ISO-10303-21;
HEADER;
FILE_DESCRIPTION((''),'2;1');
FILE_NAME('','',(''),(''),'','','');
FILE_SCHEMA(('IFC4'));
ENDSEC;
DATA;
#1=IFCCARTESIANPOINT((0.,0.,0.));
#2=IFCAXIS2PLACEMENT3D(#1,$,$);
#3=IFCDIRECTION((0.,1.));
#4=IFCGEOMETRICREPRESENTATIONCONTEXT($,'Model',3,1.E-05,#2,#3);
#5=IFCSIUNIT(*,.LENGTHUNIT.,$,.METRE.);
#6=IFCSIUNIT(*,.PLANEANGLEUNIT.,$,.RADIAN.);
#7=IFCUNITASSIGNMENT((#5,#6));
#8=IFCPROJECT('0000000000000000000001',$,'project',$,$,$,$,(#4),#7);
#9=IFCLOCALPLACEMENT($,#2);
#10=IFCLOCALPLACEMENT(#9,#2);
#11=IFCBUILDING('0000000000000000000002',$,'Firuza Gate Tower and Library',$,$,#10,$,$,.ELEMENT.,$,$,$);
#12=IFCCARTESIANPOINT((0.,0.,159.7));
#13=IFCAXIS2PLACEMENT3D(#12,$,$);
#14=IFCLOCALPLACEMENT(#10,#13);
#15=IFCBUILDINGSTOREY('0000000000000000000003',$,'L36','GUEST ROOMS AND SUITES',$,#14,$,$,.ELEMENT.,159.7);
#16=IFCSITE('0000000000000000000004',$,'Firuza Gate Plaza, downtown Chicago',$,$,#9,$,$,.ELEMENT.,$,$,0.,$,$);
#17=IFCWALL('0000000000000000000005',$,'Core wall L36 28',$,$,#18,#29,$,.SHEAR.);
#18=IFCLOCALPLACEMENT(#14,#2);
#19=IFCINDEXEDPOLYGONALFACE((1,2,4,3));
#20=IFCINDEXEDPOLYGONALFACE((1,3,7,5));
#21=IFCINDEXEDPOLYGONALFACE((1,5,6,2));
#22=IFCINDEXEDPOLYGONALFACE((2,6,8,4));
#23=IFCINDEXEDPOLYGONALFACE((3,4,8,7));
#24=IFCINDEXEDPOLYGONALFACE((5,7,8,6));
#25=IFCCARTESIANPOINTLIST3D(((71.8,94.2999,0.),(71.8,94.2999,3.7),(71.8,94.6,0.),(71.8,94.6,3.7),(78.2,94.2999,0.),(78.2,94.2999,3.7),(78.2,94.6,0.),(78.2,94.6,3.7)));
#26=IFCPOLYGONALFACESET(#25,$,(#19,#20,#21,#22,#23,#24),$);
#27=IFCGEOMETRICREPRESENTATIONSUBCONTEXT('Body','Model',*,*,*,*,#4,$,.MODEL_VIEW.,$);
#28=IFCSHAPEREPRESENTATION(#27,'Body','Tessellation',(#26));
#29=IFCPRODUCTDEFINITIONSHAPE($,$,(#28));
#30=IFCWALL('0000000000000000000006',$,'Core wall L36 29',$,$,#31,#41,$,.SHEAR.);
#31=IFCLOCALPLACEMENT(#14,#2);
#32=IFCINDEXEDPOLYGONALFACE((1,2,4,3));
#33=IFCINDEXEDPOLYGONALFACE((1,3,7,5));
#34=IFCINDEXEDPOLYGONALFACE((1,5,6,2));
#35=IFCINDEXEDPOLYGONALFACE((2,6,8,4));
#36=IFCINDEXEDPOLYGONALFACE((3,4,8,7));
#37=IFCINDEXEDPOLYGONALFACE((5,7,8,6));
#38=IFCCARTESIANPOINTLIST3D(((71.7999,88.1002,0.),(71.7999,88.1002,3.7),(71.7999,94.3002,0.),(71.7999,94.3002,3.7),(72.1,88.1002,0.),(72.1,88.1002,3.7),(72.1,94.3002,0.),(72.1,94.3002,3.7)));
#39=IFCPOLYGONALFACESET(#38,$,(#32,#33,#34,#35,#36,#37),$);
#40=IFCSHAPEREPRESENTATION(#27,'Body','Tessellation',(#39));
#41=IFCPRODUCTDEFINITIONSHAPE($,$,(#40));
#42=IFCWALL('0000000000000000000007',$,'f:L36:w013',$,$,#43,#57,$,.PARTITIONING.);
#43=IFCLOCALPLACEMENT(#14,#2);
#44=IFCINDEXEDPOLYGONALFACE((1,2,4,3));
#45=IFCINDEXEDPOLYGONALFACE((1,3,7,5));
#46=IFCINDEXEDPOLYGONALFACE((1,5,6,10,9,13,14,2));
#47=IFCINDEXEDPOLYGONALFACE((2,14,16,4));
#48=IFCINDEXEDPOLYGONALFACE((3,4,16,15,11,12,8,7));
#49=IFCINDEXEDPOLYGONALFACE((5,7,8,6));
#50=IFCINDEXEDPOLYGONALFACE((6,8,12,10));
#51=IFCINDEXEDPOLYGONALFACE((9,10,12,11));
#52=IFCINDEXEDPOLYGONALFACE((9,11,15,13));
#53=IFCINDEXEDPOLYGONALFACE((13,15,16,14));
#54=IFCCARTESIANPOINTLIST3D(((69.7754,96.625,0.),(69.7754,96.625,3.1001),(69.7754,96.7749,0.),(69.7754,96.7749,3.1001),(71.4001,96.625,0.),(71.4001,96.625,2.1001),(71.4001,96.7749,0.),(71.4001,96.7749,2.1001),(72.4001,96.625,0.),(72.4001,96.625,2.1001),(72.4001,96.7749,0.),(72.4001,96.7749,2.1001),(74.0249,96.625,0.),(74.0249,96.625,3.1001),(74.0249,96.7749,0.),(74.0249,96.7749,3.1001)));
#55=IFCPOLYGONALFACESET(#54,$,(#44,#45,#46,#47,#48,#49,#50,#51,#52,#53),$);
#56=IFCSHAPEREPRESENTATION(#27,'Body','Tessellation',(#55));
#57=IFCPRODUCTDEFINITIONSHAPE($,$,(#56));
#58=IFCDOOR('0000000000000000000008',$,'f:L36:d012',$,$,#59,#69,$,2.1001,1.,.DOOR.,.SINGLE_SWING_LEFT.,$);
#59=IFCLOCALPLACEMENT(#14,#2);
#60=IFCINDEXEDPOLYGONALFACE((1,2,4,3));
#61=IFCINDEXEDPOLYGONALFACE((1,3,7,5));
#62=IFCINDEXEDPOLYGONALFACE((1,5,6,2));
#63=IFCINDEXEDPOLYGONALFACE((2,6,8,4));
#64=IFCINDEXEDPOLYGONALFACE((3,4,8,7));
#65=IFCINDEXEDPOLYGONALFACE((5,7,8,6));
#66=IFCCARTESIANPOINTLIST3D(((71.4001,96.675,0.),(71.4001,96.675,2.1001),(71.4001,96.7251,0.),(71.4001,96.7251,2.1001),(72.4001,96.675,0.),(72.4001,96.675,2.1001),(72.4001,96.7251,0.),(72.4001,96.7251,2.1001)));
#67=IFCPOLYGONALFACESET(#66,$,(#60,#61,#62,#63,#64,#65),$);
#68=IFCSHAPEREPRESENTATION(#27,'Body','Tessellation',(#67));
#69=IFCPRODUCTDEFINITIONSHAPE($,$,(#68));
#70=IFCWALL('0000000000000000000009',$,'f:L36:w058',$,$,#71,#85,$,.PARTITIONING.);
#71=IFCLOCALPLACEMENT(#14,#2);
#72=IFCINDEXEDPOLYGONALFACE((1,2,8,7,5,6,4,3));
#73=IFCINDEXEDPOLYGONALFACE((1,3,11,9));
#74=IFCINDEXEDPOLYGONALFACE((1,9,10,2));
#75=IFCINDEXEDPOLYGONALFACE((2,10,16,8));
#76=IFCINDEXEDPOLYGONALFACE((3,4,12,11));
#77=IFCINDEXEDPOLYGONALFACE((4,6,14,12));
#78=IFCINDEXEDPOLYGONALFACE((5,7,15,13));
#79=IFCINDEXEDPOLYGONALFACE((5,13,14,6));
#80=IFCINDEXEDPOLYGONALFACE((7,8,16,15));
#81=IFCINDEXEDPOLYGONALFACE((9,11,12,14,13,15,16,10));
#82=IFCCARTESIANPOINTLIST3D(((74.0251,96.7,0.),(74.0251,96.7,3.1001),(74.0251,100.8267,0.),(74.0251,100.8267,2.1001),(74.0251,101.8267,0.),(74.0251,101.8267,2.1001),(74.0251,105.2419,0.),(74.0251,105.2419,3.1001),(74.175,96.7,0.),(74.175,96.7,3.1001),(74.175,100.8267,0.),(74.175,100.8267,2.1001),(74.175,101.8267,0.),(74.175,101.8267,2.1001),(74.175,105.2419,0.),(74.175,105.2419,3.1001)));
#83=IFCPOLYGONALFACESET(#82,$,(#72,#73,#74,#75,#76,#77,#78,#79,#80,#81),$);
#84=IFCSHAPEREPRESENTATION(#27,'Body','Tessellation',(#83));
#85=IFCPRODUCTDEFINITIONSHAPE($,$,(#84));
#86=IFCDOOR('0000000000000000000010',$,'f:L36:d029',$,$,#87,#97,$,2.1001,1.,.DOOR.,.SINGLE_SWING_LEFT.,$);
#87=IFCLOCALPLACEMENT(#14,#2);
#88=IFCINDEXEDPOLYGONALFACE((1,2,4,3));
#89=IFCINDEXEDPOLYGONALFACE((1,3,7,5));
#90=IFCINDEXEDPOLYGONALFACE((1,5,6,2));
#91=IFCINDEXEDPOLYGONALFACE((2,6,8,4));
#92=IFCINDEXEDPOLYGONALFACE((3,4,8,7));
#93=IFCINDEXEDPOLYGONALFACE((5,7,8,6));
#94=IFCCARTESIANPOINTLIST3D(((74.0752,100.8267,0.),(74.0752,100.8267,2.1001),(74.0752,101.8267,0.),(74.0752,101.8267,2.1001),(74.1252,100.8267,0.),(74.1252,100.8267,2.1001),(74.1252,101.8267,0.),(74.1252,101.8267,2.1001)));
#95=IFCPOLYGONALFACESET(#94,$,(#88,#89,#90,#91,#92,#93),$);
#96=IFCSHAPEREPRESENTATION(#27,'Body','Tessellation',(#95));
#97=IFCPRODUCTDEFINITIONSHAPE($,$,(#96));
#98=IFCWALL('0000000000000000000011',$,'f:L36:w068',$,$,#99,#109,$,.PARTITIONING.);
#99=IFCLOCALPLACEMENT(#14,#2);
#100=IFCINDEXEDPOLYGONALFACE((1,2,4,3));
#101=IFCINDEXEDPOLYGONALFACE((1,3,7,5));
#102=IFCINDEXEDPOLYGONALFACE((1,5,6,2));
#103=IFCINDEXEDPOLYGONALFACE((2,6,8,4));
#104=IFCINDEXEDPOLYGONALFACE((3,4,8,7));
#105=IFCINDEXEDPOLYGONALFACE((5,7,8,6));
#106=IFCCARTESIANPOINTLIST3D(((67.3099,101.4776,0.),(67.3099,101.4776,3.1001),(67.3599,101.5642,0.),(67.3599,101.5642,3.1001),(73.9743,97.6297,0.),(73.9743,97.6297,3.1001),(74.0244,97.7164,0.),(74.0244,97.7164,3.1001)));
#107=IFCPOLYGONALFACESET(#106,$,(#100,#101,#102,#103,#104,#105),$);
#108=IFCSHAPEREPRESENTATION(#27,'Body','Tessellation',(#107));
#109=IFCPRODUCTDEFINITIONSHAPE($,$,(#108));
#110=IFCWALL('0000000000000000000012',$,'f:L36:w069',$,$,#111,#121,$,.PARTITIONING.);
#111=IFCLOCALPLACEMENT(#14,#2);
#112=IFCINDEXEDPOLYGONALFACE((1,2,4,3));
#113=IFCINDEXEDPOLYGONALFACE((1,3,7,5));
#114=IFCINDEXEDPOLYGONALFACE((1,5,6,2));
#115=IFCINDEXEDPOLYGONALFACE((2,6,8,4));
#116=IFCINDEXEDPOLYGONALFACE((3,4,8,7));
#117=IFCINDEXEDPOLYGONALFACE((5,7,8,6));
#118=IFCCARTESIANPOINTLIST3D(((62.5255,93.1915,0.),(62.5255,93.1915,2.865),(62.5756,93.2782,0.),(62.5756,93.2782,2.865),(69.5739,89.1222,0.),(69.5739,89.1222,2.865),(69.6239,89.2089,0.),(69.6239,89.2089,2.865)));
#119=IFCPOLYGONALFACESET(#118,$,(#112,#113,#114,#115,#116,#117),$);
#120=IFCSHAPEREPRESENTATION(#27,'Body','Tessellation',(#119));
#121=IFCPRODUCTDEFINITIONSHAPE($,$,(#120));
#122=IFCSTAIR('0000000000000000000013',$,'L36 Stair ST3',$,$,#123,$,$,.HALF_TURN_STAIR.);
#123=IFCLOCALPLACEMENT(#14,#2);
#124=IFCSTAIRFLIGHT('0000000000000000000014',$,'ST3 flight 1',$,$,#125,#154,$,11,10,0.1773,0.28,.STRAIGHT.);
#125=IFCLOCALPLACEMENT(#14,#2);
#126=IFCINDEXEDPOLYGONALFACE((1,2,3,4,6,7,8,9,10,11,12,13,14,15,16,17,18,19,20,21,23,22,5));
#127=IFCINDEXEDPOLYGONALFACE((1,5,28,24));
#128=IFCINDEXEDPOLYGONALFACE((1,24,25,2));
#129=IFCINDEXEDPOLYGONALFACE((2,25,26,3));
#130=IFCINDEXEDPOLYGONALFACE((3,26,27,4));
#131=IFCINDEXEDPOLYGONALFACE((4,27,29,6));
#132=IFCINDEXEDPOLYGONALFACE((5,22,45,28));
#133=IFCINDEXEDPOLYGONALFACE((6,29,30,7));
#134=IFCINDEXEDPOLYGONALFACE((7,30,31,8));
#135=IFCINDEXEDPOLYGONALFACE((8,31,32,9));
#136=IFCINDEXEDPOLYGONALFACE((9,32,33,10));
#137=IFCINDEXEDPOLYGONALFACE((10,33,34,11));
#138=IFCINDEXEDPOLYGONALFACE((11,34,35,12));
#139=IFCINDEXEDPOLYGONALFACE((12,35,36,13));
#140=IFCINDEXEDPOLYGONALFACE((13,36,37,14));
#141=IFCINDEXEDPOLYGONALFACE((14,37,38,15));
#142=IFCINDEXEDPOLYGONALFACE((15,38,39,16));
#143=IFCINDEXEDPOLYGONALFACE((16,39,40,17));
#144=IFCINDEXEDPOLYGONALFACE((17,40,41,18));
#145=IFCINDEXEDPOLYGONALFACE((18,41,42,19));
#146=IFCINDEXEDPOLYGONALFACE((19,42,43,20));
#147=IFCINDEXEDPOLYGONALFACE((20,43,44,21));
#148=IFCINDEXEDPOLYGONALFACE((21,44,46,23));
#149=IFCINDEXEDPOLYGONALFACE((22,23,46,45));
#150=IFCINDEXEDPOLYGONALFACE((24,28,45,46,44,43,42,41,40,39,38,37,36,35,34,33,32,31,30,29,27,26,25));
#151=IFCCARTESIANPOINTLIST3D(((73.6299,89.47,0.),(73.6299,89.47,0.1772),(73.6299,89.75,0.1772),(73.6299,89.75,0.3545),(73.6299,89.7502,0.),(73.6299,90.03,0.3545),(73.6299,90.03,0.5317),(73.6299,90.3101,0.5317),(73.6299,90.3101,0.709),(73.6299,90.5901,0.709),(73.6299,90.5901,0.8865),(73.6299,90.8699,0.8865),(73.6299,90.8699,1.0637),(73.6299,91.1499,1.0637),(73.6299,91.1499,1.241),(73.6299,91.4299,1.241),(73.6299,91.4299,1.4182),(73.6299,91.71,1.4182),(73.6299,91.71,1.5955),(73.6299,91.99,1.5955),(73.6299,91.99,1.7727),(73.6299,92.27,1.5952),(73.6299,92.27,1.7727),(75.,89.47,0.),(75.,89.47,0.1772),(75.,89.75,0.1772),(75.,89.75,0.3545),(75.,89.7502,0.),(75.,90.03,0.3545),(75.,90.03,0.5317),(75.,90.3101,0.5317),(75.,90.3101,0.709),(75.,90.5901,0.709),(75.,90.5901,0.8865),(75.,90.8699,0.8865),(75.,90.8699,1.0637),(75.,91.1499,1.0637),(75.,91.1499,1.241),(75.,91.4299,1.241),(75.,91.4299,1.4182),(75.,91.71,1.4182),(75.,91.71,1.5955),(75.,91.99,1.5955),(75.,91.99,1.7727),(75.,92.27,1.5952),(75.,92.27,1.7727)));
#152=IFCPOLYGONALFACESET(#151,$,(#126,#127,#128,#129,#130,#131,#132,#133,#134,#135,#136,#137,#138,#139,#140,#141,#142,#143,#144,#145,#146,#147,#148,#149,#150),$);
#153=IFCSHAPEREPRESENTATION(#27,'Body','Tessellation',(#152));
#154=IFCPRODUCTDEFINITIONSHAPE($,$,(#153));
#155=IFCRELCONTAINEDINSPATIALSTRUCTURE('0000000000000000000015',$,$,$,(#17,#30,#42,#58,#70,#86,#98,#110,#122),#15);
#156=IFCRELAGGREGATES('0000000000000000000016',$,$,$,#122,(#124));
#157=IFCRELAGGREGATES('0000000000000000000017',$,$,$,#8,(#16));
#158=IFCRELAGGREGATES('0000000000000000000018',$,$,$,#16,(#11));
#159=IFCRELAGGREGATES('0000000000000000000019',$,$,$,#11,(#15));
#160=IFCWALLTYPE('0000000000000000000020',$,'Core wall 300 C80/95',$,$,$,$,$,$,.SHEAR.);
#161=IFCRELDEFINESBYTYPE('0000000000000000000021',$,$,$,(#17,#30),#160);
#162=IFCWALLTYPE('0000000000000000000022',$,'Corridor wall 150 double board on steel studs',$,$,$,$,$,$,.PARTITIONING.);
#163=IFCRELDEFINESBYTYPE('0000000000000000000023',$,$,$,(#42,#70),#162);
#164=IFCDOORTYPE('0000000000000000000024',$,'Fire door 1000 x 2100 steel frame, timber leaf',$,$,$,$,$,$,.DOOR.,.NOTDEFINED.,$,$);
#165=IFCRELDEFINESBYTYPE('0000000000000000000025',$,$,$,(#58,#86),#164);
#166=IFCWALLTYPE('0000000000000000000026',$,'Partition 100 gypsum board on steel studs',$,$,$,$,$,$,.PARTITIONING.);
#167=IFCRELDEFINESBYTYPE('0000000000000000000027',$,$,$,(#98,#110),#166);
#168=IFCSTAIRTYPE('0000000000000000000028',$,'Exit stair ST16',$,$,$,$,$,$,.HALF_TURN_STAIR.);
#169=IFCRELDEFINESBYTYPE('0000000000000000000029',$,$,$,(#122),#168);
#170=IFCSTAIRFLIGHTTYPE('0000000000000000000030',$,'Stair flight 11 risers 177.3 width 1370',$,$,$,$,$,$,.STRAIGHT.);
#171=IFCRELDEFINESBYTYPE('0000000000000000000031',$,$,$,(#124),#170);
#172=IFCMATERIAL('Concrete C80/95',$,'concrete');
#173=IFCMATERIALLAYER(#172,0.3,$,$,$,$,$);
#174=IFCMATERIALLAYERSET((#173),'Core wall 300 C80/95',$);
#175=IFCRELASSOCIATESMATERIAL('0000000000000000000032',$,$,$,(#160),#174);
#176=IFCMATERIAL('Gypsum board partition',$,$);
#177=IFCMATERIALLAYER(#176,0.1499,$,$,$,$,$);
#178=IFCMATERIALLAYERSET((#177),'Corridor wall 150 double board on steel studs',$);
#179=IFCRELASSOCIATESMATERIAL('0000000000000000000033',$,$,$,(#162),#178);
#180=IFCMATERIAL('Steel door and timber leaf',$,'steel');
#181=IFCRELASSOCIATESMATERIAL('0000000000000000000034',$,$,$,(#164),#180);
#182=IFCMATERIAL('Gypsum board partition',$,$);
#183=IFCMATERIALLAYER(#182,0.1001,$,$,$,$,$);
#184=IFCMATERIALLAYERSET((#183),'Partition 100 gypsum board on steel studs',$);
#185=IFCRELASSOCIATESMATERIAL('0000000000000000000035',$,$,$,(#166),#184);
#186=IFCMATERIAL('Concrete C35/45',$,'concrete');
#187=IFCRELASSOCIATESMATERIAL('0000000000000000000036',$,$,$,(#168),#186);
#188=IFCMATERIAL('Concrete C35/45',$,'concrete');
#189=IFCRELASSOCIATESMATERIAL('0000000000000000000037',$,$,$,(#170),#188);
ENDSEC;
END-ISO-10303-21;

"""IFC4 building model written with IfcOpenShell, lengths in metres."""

from ifc_helpers import new_model, si_unit, direction, frame, frame_2d, origin, place, context, subcontext, project, spatial, polyline, rectangle, outline, extrude, material, layer, layer_set, type_object, element, fill, aggregate, save


model = new_model("IFC4")

# Units and contexts
model_context = context("Model", 3, precision=1e-05, world=origin(), true_north=direction((0.0, 1.0)))
body_context = subcontext(model_context, "Body", "Model", "MODEL_VIEW")
ifc_project = project(units=[si_unit("LENGTHUNIT", "METRE"), si_unit("PLANEANGLEUNIT", "RADIAN")], contexts=[model_context])

# Site, building, storey
site_placement = place(None, origin())
site = spatial("IfcSite", under=ifc_project, at=site_placement, Name="Firuza Gate Plaza, downtown Chicago", CompositionType="ELEMENT", RefElevation=0.0)
building_placement = place(site_placement, origin())
building = spatial("IfcBuilding", under=site, at=building_placement, Name="Firuza Gate Tower and Library", CompositionType="ELEMENT")
storey_placement = place(building_placement, frame((0.0, 0.0, 159.7)))
storey = spatial("IfcBuildingStorey", under=building, at=storey_placement, Name="L36", Description="GUEST ROOMS AND SUITES", CompositionType="ELEMENT", Elevation=159.7)

# Shared definitions
placement = place(storey_placement, origin())

# Shared definitions
ifc_material_1 = material(Name="Concrete C80/95", Category="concrete")
ifc_layer_1 = layer(ifc_material_1, 0.3)
ifc_layer_set_1 = layer_set([ifc_layer_1], Name="Core wall 300 C80/95")
wall_type_1 = type_object("IfcWallType", Name="Core wall 300 C80/95", PredefinedType="SHEAR", material=ifc_layer_set_1)

# Walls
wall_1_placement = place(storey_placement, frame((71.8, 94.45, 0.0), z_axis=(0.0, 0.0, 1.0), x_axis=(1.0, 0.0, 0.0)))
element("IfcWall", 1, at=wall_1_placement, inside=storey, type_object=wall_type_1, Name="Core wall L36 28", PredefinedType="SHEAR", context=body_context, shape_type="SweptSolid", body=[
    extrude(rectangle(XDim=6.3999, YDim=0.3, at=frame_2d((3.2, 0.0))), origin(), (0.0, 0.0, 1.0), 3.7),
])
wall_2_placement = place(storey_placement, frame((71.95, 88.1001, 0.0), z_axis=(0.0, 0.0, 1.0), x_axis=(0.0, 1.0, 0.0)))
element("IfcWall", 2, at=wall_2_placement, inside=storey, type_object=wall_type_1, Name="Core wall L36 29", PredefinedType="SHEAR", context=body_context, shape_type="SweptSolid", body=[
    extrude(rectangle(XDim=6.2, YDim=0.3, at=frame_2d((3.1001, 0.0))), origin(), (0.0, 0.0, 1.0), 3.7),
])

# Walls, openings, doors
ifc_material_2 = material(Name="Gypsum board partition")
ifc_layer_2 = layer(ifc_material_2, 0.1499)
ifc_layer_set_2 = layer_set([ifc_layer_2], Name="Corridor wall 150 double board on steel studs")
wall_type_2 = type_object("IfcWallType", Name="Corridor wall 150 double board on steel studs", PredefinedType="PARTITIONING", material=ifc_layer_set_2)
wall_3_placement = place(storey_placement, frame((74.0249, 96.7, 0.0), z_axis=(0.0, 0.0, 1.0), x_axis=(-1.0, 0.0, 0.0)))
wall_3 = element("IfcWall", 3, at=wall_3_placement, inside=storey, type_object=wall_type_2, Name="f:L36:w013", PredefinedType="PARTITIONING", context=body_context, shape_type="SweptSolid", body=[
    extrude(rectangle(XDim=4.2495, YDim=0.1499, at=frame_2d((2.1248, 0.0))), origin(), (0.0, 0.0, 1.0), 3.1001),
])
opening_1_placement = place(wall_3_placement, frame((1.6248, 0.0, 0.0)))
opening_1 = element("IfcOpeningElement", 4, at=opening_1_placement, cuts=wall_3, PredefinedType="OPENING", context=body_context, shape_type="SweptSolid", body=[
    extrude(rectangle(XDim=1.0, YDim=2.1001, at=frame_2d((0.5, 1.05))), frame((0.0, 0.085, 0.0), z_axis=(0.0, -1.0, 0.0), x_axis=(1.0, 0.0, 0.0)), (0.0, 0.0, 1.0), 0.1699),
])
ifc_material_3 = material(Name="Steel door and timber leaf", Category="steel")
door_type_1 = type_object("IfcDoorType", Name="Fire door 1000 x 2100 steel frame, timber leaf", OperationType="NOTDEFINED", PredefinedType="DOOR", material=ifc_material_3)
door_1_placement = place(opening_1_placement, origin())
door_1 = element("IfcDoor", 5, at=door_1_placement, inside=storey, type_object=door_type_1, Name="f:L36:d012", OperationType="SINGLE_SWING_LEFT", OverallHeight=2.1001, OverallWidth=1.0, PredefinedType="DOOR", context=body_context, shape_type="SweptSolid", body=[
    extrude(rectangle(XDim=1.0, YDim=2.1001, at=frame_2d((0.5, 1.05))), frame((0.0, 0.0249, 0.0), z_axis=(0.0, -1.0, 0.0), x_axis=(1.0, 0.0, 0.0)), (0.0, 0.0, 1.0), 0.05),
])
fill(opening_1, door_1)
wall_4_placement = place(storey_placement, frame((74.1001, 96.7, 0.0), z_axis=(0.0, 0.0, 1.0), x_axis=(0.0, 1.0, 0.0)))
wall_4 = element("IfcWall", 6, at=wall_4_placement, inside=storey, type_object=wall_type_2, Name="f:L36:w058", PredefinedType="PARTITIONING", context=body_context, shape_type="SweptSolid", body=[
    extrude(rectangle(XDim=8.542, YDim=0.1499, at=frame_2d((4.271, 0.0))), origin(), (0.0, 0.0, 1.0), 3.1001),
])
opening_2_placement = place(wall_4_placement, frame((4.1267, 0.0, 0.0)))
opening_2 = element("IfcOpeningElement", 7, at=opening_2_placement, cuts=wall_4, PredefinedType="OPENING", context=body_context, shape_type="SweptSolid", body=[
    extrude(rectangle(XDim=1.0, YDim=2.1001, at=frame_2d((0.5, 1.05))), frame((0.0, 0.085, 0.0), z_axis=(0.0, -1.0, 0.0), x_axis=(1.0, 0.0, 0.0)), (0.0, 0.0, 1.0), 0.1699),
])
door_2_placement = place(opening_2_placement, origin())
door_2 = element("IfcDoor", 8, at=door_2_placement, inside=storey, type_object=door_type_1, Name="f:L36:d029", OperationType="SINGLE_SWING_LEFT", OverallHeight=2.1001, OverallWidth=1.0, PredefinedType="DOOR", context=body_context, shape_type="SweptSolid", body=[
    extrude(rectangle(XDim=1.0, YDim=2.1001, at=frame_2d((0.5, 1.05))), frame((0.0, 0.0249, 0.0), z_axis=(0.0, -1.0, 0.0), x_axis=(1.0, 0.0, 0.0)), (0.0, 0.0, 1.0), 0.05),
])
fill(opening_2, door_2)

# Walls
ifc_material_4 = material(Name="Gypsum board partition")
ifc_layer_3 = layer(ifc_material_4, 0.1001)
ifc_layer_set_3 = layer_set([ifc_layer_3], Name="Partition 100 gypsum board on steel studs")
wall_type_3 = type_object("IfcWallType", Name="Partition 100 gypsum board on steel studs", PredefinedType="PARTITIONING", material=ifc_layer_set_3)
wall_5_placement = place(storey_placement, frame((73.9993, 97.6731, 0.0), z_axis=(0.0, 0.0, 1.0), x_axis=(-0.866019, 0.500012, 0.0)))
element("IfcWall", 9, at=wall_5_placement, inside=storey, type_object=wall_type_3, Name="f:L36:w068", PredefinedType="PARTITIONING", context=body_context, shape_type="SweptSolid", body=[
    extrude(rectangle(XDim=7.6956, YDim=0.1001, at=frame_2d((3.8477, 0.0))), origin(), (0.0, 0.0, 1.0), 3.1001),
])
wall_6_placement = place(storey_placement, frame((69.5989, 89.1655, 0.0), z_axis=(0.0, 0.0, 1.0), x_axis=(-0.866027, 0.499998, 0.0)))
element("IfcWall", 10, at=wall_6_placement, inside=storey, type_object=wall_type_3, Name="f:L36:w069", PredefinedType="PARTITIONING", context=body_context, shape_type="SweptSolid", body=[
    extrude(rectangle(XDim=8.1387, YDim=0.1001, at=frame_2d((4.0693, 0.0))), origin(), (0.0, 0.0, 1.0), 2.865),
])

# Stair, stair flight
ifc_material_5 = material(Name="Concrete C35/45", Category="concrete")
stair_type = type_object("IfcStairType", Name="Exit stair ST16", PredefinedType="HALF_TURN_STAIR", material=ifc_material_5)
stair = element("IfcStair", 11, at=placement, inside=storey, type_object=stair_type, Name="L36 Stair ST3", PredefinedType="HALF_TURN_STAIR")
ifc_material_6 = material(Name="Concrete C35/45", Category="concrete")
stair_flight_type = type_object("IfcStairFlightType", Name="Stair flight 11 risers 177.3 width 1370", PredefinedType="STRAIGHT", material=ifc_material_6)
stair_flight_1_placement = place(storey_placement, frame((74.3149, 89.47, 0.0), z_axis=(0.0, 0.0, 1.0), x_axis=(0.0, 1.0, 0.0)))
stair_flight_1 = element("IfcStairFlight", 12, at=stair_flight_1_placement, type_object=stair_flight_type, Name="ST3 flight 1", NumberOfRisers=11, NumberOfTreads=10, PredefinedType="STRAIGHT", RiserHeight=0.1773, TreadLength=0.28, context=body_context, shape_type="SweptSolid", body=[
    extrude(outline(polyline([(0.0, 0.0), (0.0, 0.1772), (0.28, 0.1772), (0.28, 0.3545), (0.5601, 0.3545), (0.5601, 0.5317), (0.8401, 0.5317), (0.8401, 0.709), (1.1201, 0.709), (1.1201, 0.8865), (1.3999, 0.8865), (1.3999, 1.0637), (1.6799, 1.0637), (1.6799, 1.241), (1.96, 1.241), (1.96, 1.4182), (2.24, 1.4182), (2.24, 1.5955), (2.52, 1.5955), (2.52, 1.7727), (2.8, 1.7727), (2.8, 1.95), (2.8, 1.5952), (0.2803, 0.0), (0.0, 0.0)])), frame((0.0, 0.6851, 0.0), z_axis=(0.0, -1.0, 0.0), x_axis=(1.0, 0.0, 0.0)), (0.0, 0.0, 1.0), 1.3701),
])
aggregate(stair, [stair_flight_1])

save(model, "model.ifc")
